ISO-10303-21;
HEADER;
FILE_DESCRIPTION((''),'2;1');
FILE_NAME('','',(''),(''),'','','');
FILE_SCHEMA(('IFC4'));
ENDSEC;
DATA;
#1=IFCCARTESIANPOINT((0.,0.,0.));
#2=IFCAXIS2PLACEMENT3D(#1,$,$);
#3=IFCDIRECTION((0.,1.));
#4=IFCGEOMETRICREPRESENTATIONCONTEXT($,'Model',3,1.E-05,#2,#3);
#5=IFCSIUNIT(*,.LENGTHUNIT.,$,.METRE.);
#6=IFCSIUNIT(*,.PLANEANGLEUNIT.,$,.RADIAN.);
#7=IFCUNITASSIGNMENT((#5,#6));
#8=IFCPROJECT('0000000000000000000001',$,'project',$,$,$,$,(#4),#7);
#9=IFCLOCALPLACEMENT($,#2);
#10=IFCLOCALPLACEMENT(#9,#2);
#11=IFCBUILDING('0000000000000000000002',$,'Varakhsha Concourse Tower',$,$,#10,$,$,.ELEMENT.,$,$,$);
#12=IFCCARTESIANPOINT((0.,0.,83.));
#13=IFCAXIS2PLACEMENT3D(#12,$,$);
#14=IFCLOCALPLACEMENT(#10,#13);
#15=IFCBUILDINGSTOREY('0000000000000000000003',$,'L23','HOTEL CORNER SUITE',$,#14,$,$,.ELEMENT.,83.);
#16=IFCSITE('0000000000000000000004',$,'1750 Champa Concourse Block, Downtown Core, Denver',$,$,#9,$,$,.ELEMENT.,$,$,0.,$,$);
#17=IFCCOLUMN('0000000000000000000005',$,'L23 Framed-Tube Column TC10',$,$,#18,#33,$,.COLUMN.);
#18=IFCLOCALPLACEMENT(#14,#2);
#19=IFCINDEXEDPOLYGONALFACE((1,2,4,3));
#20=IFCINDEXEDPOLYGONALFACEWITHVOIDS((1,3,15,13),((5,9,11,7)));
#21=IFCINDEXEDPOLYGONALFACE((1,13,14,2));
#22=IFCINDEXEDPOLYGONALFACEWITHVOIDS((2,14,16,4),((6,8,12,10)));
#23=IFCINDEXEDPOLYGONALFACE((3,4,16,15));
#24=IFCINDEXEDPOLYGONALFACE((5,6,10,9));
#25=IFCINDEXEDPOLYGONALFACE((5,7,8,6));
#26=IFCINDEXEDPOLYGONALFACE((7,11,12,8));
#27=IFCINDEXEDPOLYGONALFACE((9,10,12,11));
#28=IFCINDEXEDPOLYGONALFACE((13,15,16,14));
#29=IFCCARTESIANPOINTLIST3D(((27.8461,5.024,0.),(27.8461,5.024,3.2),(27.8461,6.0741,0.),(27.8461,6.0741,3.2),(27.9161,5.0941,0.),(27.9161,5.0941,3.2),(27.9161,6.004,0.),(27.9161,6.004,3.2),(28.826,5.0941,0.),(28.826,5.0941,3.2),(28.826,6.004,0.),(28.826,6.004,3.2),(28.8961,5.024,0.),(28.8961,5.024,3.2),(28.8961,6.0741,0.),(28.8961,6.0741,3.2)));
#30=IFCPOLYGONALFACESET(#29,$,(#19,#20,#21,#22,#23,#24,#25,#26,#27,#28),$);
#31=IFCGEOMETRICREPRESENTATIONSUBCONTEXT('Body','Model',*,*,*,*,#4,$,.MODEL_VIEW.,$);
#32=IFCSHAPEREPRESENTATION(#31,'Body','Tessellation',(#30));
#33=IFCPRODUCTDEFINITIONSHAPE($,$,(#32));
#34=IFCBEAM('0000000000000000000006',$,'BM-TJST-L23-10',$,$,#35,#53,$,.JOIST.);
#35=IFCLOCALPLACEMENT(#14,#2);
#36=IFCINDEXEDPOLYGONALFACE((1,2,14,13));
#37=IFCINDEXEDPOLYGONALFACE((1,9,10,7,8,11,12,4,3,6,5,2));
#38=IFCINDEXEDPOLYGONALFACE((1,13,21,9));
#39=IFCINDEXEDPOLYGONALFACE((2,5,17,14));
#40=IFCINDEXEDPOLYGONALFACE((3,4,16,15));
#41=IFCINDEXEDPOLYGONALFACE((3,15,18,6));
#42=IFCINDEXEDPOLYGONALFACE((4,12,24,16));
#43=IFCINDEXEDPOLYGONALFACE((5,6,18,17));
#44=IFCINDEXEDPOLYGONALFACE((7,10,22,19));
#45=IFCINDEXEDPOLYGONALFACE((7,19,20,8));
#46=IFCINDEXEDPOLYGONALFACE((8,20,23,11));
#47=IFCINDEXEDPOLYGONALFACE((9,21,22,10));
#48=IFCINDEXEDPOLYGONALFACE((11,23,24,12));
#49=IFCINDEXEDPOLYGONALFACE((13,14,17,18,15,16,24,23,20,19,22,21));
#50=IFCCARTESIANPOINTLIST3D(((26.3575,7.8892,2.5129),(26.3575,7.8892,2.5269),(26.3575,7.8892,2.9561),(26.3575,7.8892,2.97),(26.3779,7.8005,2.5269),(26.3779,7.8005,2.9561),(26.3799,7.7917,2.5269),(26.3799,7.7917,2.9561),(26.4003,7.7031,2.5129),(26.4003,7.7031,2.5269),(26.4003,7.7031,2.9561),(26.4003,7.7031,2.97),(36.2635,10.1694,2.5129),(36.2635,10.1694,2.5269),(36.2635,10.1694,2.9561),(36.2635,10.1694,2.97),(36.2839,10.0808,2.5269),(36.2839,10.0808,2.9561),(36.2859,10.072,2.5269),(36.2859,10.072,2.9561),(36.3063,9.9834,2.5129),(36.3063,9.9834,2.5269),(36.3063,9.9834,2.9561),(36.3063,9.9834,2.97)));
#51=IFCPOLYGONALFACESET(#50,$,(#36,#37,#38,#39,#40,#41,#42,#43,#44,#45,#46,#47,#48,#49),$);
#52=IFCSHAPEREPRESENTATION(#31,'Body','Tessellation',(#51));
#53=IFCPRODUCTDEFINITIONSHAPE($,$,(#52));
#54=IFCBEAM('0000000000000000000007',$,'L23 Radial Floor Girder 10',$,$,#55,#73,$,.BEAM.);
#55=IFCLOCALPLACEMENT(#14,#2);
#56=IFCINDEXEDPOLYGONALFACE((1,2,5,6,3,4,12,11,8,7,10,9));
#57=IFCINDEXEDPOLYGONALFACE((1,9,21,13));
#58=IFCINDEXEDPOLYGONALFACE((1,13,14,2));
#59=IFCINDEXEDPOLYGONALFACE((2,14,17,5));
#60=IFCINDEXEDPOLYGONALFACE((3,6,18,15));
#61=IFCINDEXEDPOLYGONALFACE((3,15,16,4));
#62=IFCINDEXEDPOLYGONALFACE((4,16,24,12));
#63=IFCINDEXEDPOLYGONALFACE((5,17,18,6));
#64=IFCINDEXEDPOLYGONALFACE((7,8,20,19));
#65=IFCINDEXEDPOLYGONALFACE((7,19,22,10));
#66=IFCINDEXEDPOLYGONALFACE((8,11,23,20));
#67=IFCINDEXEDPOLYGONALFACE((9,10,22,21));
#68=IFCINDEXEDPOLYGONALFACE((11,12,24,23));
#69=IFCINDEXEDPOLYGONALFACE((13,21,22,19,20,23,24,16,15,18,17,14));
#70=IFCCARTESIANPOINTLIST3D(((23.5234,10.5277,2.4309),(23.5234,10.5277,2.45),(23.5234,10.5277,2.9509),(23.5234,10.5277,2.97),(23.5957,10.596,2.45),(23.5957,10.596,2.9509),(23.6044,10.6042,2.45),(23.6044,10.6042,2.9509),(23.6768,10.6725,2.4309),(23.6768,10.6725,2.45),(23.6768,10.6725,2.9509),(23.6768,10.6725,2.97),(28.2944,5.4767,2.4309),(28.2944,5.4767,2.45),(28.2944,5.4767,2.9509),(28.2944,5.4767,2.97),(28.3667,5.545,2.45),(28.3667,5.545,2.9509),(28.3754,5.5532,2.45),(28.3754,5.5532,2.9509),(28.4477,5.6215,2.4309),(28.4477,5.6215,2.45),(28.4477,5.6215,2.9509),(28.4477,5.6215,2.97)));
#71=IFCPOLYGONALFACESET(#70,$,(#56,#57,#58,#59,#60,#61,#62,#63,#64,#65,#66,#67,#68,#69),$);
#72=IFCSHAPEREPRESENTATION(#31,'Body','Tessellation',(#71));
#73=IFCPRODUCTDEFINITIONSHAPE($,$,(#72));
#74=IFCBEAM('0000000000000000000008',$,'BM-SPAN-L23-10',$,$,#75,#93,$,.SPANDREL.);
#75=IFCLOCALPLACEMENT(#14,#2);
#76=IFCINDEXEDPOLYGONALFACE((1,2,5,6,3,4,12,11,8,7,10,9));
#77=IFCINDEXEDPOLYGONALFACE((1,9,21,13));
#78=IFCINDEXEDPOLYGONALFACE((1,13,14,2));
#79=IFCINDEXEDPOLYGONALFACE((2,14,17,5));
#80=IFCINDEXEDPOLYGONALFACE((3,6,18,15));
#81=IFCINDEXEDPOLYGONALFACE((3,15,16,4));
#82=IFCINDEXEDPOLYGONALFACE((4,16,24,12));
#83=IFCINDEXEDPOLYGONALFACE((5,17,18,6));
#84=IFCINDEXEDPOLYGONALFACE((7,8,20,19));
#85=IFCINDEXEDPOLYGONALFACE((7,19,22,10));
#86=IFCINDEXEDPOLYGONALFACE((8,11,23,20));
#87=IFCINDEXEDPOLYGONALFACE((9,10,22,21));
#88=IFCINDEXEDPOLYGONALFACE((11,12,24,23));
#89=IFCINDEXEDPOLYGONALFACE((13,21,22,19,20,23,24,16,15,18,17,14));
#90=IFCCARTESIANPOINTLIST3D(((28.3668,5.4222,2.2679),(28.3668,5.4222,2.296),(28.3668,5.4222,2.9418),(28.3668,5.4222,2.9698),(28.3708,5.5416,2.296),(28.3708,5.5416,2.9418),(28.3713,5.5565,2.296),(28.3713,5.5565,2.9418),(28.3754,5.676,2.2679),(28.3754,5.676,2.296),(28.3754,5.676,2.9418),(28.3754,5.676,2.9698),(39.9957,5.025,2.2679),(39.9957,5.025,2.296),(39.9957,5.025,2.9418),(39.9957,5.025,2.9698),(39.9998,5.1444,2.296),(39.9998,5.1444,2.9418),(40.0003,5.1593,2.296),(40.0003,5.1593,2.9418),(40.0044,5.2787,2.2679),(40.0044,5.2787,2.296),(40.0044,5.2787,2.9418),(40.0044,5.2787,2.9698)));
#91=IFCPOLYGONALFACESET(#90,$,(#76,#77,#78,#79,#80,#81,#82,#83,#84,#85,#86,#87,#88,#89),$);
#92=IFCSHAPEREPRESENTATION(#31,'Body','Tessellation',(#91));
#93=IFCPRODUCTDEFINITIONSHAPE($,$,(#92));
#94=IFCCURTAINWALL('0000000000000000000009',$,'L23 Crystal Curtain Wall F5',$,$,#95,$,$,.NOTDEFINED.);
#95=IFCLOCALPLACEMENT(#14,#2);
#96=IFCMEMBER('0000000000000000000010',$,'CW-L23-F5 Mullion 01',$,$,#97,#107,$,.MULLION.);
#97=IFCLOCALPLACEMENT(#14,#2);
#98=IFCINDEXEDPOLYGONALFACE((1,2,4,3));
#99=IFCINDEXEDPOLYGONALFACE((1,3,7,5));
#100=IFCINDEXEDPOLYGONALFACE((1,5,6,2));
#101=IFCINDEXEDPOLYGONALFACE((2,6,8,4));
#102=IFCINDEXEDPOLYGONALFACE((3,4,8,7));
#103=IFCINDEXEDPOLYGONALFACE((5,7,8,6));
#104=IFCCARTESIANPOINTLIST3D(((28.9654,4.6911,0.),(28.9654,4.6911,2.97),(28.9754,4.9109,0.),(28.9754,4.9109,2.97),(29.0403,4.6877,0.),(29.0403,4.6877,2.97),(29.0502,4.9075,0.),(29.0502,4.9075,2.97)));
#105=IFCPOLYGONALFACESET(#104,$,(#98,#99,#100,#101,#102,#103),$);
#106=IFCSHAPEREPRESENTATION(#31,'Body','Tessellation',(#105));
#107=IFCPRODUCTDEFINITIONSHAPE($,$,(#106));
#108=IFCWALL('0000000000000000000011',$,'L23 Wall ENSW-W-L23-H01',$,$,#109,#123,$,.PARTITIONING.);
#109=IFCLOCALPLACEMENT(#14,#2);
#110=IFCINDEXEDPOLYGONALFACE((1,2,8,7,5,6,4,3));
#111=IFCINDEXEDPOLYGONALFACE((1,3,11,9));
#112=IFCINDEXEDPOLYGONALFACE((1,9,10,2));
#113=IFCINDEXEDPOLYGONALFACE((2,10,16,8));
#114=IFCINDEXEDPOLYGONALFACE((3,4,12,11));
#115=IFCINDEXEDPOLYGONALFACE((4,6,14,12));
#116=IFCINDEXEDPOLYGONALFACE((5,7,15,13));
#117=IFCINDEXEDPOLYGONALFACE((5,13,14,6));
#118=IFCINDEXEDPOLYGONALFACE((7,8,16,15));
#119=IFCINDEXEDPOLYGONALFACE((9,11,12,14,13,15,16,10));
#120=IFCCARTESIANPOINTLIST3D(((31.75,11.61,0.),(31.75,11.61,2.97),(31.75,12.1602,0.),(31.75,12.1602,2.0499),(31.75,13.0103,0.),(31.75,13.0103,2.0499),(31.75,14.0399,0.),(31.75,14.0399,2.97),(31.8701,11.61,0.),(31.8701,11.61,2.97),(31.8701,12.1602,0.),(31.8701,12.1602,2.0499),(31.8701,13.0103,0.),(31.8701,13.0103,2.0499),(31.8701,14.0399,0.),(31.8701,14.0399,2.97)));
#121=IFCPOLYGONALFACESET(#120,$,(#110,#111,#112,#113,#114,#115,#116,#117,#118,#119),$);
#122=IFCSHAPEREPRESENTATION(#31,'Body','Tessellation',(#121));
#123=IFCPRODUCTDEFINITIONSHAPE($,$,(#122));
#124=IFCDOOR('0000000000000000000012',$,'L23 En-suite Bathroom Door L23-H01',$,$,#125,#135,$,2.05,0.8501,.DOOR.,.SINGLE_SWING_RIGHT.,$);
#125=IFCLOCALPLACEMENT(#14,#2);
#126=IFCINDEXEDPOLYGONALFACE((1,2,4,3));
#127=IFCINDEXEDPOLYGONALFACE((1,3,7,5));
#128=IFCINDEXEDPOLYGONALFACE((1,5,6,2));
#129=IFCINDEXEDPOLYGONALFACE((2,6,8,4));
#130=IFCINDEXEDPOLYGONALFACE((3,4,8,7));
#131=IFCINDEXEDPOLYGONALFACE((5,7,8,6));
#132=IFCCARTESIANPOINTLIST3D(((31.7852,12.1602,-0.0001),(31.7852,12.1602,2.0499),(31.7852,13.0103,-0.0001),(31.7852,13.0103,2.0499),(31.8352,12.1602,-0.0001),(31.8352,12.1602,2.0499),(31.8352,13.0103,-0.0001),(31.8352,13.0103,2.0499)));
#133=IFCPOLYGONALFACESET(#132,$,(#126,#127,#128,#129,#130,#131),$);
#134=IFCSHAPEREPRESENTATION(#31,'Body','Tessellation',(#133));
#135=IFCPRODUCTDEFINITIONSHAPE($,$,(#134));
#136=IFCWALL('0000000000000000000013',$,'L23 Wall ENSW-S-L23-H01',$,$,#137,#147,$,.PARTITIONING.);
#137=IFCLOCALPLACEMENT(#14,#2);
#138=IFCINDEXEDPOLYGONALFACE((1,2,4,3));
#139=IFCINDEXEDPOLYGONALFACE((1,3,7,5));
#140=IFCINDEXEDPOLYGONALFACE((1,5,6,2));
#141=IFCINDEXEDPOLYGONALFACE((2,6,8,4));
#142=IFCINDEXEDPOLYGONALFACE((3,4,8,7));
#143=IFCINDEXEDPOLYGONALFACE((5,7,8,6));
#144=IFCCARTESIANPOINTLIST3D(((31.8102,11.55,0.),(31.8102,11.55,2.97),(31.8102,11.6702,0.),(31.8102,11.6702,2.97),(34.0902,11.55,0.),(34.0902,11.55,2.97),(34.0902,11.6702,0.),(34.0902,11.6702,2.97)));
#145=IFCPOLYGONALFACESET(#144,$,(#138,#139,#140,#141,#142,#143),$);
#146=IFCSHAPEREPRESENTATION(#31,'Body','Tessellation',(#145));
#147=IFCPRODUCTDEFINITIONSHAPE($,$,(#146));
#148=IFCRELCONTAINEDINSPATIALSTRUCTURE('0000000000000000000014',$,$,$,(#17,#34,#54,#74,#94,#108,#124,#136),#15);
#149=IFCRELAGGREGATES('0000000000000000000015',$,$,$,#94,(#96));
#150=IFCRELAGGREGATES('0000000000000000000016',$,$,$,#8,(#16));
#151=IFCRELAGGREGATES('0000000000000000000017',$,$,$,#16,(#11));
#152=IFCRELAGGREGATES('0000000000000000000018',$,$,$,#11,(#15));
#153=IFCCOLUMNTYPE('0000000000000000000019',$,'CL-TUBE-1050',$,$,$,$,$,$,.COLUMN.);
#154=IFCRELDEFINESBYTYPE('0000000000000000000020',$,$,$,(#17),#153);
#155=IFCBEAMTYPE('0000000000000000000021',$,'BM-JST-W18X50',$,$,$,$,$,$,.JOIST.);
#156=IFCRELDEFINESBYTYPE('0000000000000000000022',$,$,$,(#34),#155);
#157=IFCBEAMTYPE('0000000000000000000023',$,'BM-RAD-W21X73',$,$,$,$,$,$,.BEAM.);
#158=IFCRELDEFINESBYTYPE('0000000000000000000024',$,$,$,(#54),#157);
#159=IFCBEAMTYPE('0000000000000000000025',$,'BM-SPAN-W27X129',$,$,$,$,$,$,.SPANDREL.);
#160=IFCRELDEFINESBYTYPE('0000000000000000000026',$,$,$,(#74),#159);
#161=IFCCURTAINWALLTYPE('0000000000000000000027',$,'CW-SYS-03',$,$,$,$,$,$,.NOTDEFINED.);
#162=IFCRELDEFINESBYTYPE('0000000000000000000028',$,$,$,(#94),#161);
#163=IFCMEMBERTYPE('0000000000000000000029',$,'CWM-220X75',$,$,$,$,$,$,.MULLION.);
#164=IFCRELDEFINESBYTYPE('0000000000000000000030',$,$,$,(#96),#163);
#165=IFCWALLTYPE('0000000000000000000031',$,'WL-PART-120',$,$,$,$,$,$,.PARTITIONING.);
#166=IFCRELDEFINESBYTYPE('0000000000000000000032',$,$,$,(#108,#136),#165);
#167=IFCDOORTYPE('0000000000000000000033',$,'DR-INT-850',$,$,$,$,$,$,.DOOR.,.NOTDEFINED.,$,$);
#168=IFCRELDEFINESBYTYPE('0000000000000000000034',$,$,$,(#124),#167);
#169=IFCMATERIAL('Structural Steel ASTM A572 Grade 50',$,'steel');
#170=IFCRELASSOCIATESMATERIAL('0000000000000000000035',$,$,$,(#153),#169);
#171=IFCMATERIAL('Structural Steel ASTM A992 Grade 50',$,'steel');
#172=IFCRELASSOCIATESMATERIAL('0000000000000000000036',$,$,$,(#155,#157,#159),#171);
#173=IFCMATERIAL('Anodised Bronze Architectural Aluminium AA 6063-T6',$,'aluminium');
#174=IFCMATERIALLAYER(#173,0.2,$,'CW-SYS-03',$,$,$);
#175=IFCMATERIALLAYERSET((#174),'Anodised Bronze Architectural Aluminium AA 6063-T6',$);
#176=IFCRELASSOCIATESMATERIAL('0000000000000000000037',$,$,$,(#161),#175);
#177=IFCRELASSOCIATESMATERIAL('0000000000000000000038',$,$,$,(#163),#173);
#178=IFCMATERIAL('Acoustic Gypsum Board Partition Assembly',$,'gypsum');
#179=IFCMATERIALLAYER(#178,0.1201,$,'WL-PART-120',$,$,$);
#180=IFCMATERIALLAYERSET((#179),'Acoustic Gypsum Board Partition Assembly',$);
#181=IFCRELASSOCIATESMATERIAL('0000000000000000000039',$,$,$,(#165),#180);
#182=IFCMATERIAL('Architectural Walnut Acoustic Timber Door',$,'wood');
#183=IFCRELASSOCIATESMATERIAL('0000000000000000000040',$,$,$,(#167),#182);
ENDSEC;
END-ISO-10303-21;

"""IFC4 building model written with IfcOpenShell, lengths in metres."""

from ifc_helpers import new_model, si_unit, direction, frame, frame_2d, origin, origin_2d, place, context, subcontext, project, spatial, rectangle, hollow_rectangle, i_section, extrude, source, transform, mapped, material, layer, layer_set, material_profile, profile_set, type_object, type_shapes, element, fill, aggregate, save


model = new_model("IFC4")

# Units and contexts
model_context = context("Model", 3, precision=1e-05, world=origin(), true_north=direction((0.0, 1.0)))
body_context = subcontext(model_context, "Body", "Model", "MODEL_VIEW")
ifc_project = project(units=[si_unit("LENGTHUNIT", "METRE"), si_unit("PLANEANGLEUNIT", "RADIAN")], contexts=[model_context])

# Site, building, storey
site_placement = place(None, origin())
site = spatial("IfcSite", under=ifc_project, at=site_placement, Name="1750 Champa Concourse Block, Downtown Core, Denver", CompositionType="ELEMENT", RefElevation=0.0)
building_placement = place(site_placement, origin())
building = spatial("IfcBuilding", under=site, at=building_placement, Name="Varakhsha Concourse Tower", CompositionType="ELEMENT")
storey_placement = place(building_placement, frame((0.0, 0.0, 83.0)))
storey = spatial("IfcBuildingStorey", under=building, at=storey_placement, Name="L23", Description="HOTEL CORNER SUITE", CompositionType="ELEMENT", Elevation=83.0)

# Column
ifc_material_1 = material(Name="Structural Steel ASTM A572 Grade 50", Category="steel")
ifc_material_profile_1 = material_profile(ifc_material_1, hollow_rectangle(XDim=1.05, YDim=1.05, WallThickness=0.0701, at=origin_2d()), Name="BOX 1050x1050x70")
ifc_profile_set_1 = profile_set([ifc_material_profile_1], Name="Structural Steel ASTM A572 Grade 50")
column_type = type_object("IfcColumnType", Name="CL-TUBE-1050", PredefinedType="COLUMN", material=ifc_profile_set_1)
column_placement = place(storey_placement, frame((28.3711, 5.5491, 0.0), z_axis=(0.0, 0.0, 1.0), x_axis=(1.0, 0.0, 0.0)))
element("IfcColumn", 1, at=column_placement, inside=storey, type_object=column_type, Name="L23 Framed-Tube Column TC10", PredefinedType="COLUMN", context=body_context, shape_type="SweptSolid", body=[
    extrude(hollow_rectangle(XDim=1.05, YDim=1.05, WallThickness=0.0701, at=origin_2d()), origin(), (0.0, 0.0, 1.0), 3.2),
])

# Beams
ifc_material_2 = material(Name="Structural Steel ASTM A992 Grade 50", Category="steel")
ifc_material_profile_2 = material_profile(ifc_material_2, i_section(OverallWidth=0.1909, OverallDepth=0.457, WebThickness=0.009, FlangeThickness=0.0139, at=origin_2d()), Name="W18X50")
ifc_profile_set_2 = profile_set([ifc_material_profile_2], Name="Structural Steel ASTM A992 Grade 50")
beam_type_1 = type_object("IfcBeamType", Name="BM-JST-W18X50", PredefinedType="JOIST", material=ifc_profile_set_2)
beam_1_placement = place(storey_placement, frame((26.3789, 7.7961, 2.7415), z_axis=(0.974515, 0.224324, 0.0), x_axis=(-0.224324, 0.974515, 0.0)))
element("IfcBeam", 2, at=beam_1_placement, inside=storey, type_object=beam_type_1, Name="BM-TJST-L23-10", PredefinedType="JOIST", context=body_context, shape_type="SweptSolid", body=[
    extrude(i_section(OverallWidth=0.1909, OverallDepth=0.457, WebThickness=0.009, FlangeThickness=0.0139, at=origin_2d()), origin(), (0.0, 0.0, 1.0), 10.165),
])
ifc_material_profile_3 = material_profile(ifc_material_2, i_section(OverallWidth=0.2109, OverallDepth=0.5391, WebThickness=0.012, FlangeThickness=0.019, at=origin_2d()), Name="W21X73")
ifc_profile_set_3 = profile_set([ifc_material_profile_3], Name="Structural Steel ASTM A992 Grade 50")
beam_type_2 = type_object("IfcBeamType", Name="BM-RAD-W21X73", PredefinedType="BEAM", material=ifc_profile_set_3)
beam_2_placement = place(storey_placement, frame((23.6001, 10.6001, 2.7004), z_axis=(0.686668, -0.726971, 0.0), x_axis=(0.726971, 0.686668, 0.0)))
element("IfcBeam", 3, at=beam_2_placement, inside=storey, type_object=beam_type_2, Name="L23 Radial Floor Girder 10", PredefinedType="BEAM", context=body_context, shape_type="SweptSolid", body=[
    extrude(i_section(OverallWidth=0.2109, OverallDepth=0.5391, WebThickness=0.012, FlangeThickness=0.019, at=origin_2d()), origin(), (0.0, 0.0, 1.0), 6.948),
])
ifc_material_profile_4 = material_profile(ifc_material_2, i_section(OverallWidth=0.2539, OverallDepth=0.7019, WebThickness=0.0149, FlangeThickness=0.0281, at=origin_2d()), Name="W27X129")
ifc_profile_set_4 = profile_set([ifc_material_profile_4], Name="Structural Steel ASTM A992 Grade 50")
beam_type_3 = type_object("IfcBeamType", Name="BM-SPAN-W27X129", PredefinedType="SPANDREL", material=ifc_profile_set_4)
beam_3_placement = place(storey_placement, frame((28.3711, 5.5491, 2.6189), z_axis=(0.999417, -0.034138, 0.0), x_axis=(0.034138, 0.999417, 0.0)))
element("IfcBeam", 4, at=beam_3_placement, inside=storey, type_object=beam_type_3, Name="BM-SPAN-L23-10", PredefinedType="SPANDREL", context=body_context, shape_type="SweptSolid", body=[
    extrude(i_section(OverallWidth=0.2539, OverallDepth=0.7019, WebThickness=0.0149, FlangeThickness=0.0281, at=origin_2d()), origin(), (0.0, 0.0, 1.0), 11.6357),
])

# Curtain wall, member
ifc_material_3 = material(Name="Anodised Bronze Architectural Aluminium AA 6063-T6", Category="aluminium")
ifc_layer_1 = layer(ifc_material_3, 0.2, Name="CW-SYS-03")
ifc_layer_set_1 = layer_set([ifc_layer_1], Name="Anodised Bronze Architectural Aluminium AA 6063-T6")
curtain_wall_type = type_object("IfcCurtainWallType", Name="CW-SYS-03", PredefinedType="NOTDEFINED", material=ifc_layer_set_1)
curtain_wall_placement = place(storey_placement, origin())
curtain_wall = element("IfcCurtainWall", 5, at=curtain_wall_placement, inside=storey, type_object=curtain_wall_type, Name="L23 Crystal Curtain Wall F5", PredefinedType="NOTDEFINED")
ifc_material_profile_5 = material_profile(ifc_material_3, rectangle(XDim=0.075, YDim=0.22, at=origin_2d()), Name="CWM-220X75")
ifc_profile_set_5 = profile_set([ifc_material_profile_5], Name="Anodised Bronze Architectural Aluminium AA 6063-T6")
member_type = type_object("IfcMemberType", Name="CWM-220X75", PredefinedType="MULLION", material=ifc_profile_set_5)
shared_shape = source(origin(), body_context, "Body", "SweptSolid", [
    extrude(rectangle(XDim=0.075, YDim=0.22, at=origin_2d()), origin(), (0.0, 0.0, 1.0), 2.97),
])
type_shapes(member_type, [shared_shape])
member_placement = place(storey_placement, frame((29.0078, 4.7993, 0.0), z_axis=(0.0, 0.0, 1.0), x_axis=(-0.99897, 0.04538, 0.0)))
member = element("IfcMember", 6, at=member_placement, type_object=member_type, Name="CW-L23-F5 Mullion 01", PredefinedType="MULLION", context=body_context, shape_type="MappedRepresentation", body=[
    mapped(shared_shape, transform((0.0, 0.0, 0.0), scale=1.0)),
])
aggregate(curtain_wall, [member])

# Wall, opening, door
ifc_material_4 = material(Name="Acoustic Gypsum Board Partition Assembly", Category="gypsum")
ifc_layer_2 = layer(ifc_material_4, 0.1201, Name="WL-PART-120")
ifc_layer_set_2 = layer_set([ifc_layer_2], Name="Acoustic Gypsum Board Partition Assembly")
wall_type_1 = type_object("IfcWallType", Name="WL-PART-120", PredefinedType="PARTITIONING", material=ifc_layer_set_2)
wall_1_placement = place(storey_placement, frame((31.8101, 11.6101, 0.0), z_axis=(0.0, 0.0, 1.0), x_axis=(0.0, 1.0, 0.0)))
wall_1 = element("IfcWall", 7, at=wall_1_placement, inside=storey, type_object=wall_type_1, Name="L23 Wall ENSW-W-L23-H01", PredefinedType="PARTITIONING", context=body_context, shape_type="SweptSolid", body=[
    extrude(rectangle(XDim=2.4299, YDim=0.1201, at=frame_2d((1.2148, 0.0))), origin(), (0.0, 0.0, 1.0), 2.97),
])
opening_1_placement = place(wall_1_placement, frame((0.55, 0.0, 0.0)))
opening_1 = element("IfcOpeningElement", 8, at=opening_1_placement, cuts=wall_1, PredefinedType="OPENING", context=body_context, shape_type="SweptSolid", body=[
    extrude(rectangle(XDim=0.8501, YDim=2.05, at=frame_2d((0.425, 1.0249))), frame((0.0, 0.0701, 0.0), z_axis=(0.0, -1.0, 0.0), x_axis=(1.0, 0.0, 0.0)), (0.0, 0.0, 1.0), 0.1401),
])
ifc_material_5 = material(Name="Architectural Walnut Acoustic Timber Door", Category="wood")
door_type_1 = type_object("IfcDoorType", Name="DR-INT-850", OperationType="NOTDEFINED", PredefinedType="DOOR", material=ifc_material_5)
door_1_placement = place(opening_1_placement, origin())
door_1 = element("IfcDoor", 9, at=door_1_placement, inside=storey, type_object=door_type_1, Name="L23 En-suite Bathroom Door L23-H01", OperationType="SINGLE_SWING_RIGHT", OverallHeight=2.05, OverallWidth=0.8501, PredefinedType="DOOR", context=body_context, shape_type="SweptSolid", body=[
    extrude(rectangle(XDim=0.8501, YDim=2.05, at=frame_2d((0.425, 1.0249))), frame((0.0, 0.0249, 0.0), z_axis=(0.0, -1.0, 0.0), x_axis=(1.0, 0.0, 0.0)), (0.0, 0.0, 1.0), 0.05),
])
fill(opening_1, door_1)

# Wall
wall_2_placement = place(storey_placement, frame((31.8101, 11.6101, 0.0), z_axis=(0.0, 0.0, 1.0), x_axis=(1.0, 0.0, 0.0)))
element("IfcWall", 10, at=wall_2_placement, inside=storey, type_object=wall_type_1, Name="L23 Wall ENSW-S-L23-H01", PredefinedType="PARTITIONING", context=body_context, shape_type="SweptSolid", body=[
    extrude(rectangle(XDim=2.28, YDim=0.1201, at=frame_2d((1.1401, 0.0))), origin(), (0.0, 0.0, 1.0), 2.97),
])

save(model, "model.ifc")
